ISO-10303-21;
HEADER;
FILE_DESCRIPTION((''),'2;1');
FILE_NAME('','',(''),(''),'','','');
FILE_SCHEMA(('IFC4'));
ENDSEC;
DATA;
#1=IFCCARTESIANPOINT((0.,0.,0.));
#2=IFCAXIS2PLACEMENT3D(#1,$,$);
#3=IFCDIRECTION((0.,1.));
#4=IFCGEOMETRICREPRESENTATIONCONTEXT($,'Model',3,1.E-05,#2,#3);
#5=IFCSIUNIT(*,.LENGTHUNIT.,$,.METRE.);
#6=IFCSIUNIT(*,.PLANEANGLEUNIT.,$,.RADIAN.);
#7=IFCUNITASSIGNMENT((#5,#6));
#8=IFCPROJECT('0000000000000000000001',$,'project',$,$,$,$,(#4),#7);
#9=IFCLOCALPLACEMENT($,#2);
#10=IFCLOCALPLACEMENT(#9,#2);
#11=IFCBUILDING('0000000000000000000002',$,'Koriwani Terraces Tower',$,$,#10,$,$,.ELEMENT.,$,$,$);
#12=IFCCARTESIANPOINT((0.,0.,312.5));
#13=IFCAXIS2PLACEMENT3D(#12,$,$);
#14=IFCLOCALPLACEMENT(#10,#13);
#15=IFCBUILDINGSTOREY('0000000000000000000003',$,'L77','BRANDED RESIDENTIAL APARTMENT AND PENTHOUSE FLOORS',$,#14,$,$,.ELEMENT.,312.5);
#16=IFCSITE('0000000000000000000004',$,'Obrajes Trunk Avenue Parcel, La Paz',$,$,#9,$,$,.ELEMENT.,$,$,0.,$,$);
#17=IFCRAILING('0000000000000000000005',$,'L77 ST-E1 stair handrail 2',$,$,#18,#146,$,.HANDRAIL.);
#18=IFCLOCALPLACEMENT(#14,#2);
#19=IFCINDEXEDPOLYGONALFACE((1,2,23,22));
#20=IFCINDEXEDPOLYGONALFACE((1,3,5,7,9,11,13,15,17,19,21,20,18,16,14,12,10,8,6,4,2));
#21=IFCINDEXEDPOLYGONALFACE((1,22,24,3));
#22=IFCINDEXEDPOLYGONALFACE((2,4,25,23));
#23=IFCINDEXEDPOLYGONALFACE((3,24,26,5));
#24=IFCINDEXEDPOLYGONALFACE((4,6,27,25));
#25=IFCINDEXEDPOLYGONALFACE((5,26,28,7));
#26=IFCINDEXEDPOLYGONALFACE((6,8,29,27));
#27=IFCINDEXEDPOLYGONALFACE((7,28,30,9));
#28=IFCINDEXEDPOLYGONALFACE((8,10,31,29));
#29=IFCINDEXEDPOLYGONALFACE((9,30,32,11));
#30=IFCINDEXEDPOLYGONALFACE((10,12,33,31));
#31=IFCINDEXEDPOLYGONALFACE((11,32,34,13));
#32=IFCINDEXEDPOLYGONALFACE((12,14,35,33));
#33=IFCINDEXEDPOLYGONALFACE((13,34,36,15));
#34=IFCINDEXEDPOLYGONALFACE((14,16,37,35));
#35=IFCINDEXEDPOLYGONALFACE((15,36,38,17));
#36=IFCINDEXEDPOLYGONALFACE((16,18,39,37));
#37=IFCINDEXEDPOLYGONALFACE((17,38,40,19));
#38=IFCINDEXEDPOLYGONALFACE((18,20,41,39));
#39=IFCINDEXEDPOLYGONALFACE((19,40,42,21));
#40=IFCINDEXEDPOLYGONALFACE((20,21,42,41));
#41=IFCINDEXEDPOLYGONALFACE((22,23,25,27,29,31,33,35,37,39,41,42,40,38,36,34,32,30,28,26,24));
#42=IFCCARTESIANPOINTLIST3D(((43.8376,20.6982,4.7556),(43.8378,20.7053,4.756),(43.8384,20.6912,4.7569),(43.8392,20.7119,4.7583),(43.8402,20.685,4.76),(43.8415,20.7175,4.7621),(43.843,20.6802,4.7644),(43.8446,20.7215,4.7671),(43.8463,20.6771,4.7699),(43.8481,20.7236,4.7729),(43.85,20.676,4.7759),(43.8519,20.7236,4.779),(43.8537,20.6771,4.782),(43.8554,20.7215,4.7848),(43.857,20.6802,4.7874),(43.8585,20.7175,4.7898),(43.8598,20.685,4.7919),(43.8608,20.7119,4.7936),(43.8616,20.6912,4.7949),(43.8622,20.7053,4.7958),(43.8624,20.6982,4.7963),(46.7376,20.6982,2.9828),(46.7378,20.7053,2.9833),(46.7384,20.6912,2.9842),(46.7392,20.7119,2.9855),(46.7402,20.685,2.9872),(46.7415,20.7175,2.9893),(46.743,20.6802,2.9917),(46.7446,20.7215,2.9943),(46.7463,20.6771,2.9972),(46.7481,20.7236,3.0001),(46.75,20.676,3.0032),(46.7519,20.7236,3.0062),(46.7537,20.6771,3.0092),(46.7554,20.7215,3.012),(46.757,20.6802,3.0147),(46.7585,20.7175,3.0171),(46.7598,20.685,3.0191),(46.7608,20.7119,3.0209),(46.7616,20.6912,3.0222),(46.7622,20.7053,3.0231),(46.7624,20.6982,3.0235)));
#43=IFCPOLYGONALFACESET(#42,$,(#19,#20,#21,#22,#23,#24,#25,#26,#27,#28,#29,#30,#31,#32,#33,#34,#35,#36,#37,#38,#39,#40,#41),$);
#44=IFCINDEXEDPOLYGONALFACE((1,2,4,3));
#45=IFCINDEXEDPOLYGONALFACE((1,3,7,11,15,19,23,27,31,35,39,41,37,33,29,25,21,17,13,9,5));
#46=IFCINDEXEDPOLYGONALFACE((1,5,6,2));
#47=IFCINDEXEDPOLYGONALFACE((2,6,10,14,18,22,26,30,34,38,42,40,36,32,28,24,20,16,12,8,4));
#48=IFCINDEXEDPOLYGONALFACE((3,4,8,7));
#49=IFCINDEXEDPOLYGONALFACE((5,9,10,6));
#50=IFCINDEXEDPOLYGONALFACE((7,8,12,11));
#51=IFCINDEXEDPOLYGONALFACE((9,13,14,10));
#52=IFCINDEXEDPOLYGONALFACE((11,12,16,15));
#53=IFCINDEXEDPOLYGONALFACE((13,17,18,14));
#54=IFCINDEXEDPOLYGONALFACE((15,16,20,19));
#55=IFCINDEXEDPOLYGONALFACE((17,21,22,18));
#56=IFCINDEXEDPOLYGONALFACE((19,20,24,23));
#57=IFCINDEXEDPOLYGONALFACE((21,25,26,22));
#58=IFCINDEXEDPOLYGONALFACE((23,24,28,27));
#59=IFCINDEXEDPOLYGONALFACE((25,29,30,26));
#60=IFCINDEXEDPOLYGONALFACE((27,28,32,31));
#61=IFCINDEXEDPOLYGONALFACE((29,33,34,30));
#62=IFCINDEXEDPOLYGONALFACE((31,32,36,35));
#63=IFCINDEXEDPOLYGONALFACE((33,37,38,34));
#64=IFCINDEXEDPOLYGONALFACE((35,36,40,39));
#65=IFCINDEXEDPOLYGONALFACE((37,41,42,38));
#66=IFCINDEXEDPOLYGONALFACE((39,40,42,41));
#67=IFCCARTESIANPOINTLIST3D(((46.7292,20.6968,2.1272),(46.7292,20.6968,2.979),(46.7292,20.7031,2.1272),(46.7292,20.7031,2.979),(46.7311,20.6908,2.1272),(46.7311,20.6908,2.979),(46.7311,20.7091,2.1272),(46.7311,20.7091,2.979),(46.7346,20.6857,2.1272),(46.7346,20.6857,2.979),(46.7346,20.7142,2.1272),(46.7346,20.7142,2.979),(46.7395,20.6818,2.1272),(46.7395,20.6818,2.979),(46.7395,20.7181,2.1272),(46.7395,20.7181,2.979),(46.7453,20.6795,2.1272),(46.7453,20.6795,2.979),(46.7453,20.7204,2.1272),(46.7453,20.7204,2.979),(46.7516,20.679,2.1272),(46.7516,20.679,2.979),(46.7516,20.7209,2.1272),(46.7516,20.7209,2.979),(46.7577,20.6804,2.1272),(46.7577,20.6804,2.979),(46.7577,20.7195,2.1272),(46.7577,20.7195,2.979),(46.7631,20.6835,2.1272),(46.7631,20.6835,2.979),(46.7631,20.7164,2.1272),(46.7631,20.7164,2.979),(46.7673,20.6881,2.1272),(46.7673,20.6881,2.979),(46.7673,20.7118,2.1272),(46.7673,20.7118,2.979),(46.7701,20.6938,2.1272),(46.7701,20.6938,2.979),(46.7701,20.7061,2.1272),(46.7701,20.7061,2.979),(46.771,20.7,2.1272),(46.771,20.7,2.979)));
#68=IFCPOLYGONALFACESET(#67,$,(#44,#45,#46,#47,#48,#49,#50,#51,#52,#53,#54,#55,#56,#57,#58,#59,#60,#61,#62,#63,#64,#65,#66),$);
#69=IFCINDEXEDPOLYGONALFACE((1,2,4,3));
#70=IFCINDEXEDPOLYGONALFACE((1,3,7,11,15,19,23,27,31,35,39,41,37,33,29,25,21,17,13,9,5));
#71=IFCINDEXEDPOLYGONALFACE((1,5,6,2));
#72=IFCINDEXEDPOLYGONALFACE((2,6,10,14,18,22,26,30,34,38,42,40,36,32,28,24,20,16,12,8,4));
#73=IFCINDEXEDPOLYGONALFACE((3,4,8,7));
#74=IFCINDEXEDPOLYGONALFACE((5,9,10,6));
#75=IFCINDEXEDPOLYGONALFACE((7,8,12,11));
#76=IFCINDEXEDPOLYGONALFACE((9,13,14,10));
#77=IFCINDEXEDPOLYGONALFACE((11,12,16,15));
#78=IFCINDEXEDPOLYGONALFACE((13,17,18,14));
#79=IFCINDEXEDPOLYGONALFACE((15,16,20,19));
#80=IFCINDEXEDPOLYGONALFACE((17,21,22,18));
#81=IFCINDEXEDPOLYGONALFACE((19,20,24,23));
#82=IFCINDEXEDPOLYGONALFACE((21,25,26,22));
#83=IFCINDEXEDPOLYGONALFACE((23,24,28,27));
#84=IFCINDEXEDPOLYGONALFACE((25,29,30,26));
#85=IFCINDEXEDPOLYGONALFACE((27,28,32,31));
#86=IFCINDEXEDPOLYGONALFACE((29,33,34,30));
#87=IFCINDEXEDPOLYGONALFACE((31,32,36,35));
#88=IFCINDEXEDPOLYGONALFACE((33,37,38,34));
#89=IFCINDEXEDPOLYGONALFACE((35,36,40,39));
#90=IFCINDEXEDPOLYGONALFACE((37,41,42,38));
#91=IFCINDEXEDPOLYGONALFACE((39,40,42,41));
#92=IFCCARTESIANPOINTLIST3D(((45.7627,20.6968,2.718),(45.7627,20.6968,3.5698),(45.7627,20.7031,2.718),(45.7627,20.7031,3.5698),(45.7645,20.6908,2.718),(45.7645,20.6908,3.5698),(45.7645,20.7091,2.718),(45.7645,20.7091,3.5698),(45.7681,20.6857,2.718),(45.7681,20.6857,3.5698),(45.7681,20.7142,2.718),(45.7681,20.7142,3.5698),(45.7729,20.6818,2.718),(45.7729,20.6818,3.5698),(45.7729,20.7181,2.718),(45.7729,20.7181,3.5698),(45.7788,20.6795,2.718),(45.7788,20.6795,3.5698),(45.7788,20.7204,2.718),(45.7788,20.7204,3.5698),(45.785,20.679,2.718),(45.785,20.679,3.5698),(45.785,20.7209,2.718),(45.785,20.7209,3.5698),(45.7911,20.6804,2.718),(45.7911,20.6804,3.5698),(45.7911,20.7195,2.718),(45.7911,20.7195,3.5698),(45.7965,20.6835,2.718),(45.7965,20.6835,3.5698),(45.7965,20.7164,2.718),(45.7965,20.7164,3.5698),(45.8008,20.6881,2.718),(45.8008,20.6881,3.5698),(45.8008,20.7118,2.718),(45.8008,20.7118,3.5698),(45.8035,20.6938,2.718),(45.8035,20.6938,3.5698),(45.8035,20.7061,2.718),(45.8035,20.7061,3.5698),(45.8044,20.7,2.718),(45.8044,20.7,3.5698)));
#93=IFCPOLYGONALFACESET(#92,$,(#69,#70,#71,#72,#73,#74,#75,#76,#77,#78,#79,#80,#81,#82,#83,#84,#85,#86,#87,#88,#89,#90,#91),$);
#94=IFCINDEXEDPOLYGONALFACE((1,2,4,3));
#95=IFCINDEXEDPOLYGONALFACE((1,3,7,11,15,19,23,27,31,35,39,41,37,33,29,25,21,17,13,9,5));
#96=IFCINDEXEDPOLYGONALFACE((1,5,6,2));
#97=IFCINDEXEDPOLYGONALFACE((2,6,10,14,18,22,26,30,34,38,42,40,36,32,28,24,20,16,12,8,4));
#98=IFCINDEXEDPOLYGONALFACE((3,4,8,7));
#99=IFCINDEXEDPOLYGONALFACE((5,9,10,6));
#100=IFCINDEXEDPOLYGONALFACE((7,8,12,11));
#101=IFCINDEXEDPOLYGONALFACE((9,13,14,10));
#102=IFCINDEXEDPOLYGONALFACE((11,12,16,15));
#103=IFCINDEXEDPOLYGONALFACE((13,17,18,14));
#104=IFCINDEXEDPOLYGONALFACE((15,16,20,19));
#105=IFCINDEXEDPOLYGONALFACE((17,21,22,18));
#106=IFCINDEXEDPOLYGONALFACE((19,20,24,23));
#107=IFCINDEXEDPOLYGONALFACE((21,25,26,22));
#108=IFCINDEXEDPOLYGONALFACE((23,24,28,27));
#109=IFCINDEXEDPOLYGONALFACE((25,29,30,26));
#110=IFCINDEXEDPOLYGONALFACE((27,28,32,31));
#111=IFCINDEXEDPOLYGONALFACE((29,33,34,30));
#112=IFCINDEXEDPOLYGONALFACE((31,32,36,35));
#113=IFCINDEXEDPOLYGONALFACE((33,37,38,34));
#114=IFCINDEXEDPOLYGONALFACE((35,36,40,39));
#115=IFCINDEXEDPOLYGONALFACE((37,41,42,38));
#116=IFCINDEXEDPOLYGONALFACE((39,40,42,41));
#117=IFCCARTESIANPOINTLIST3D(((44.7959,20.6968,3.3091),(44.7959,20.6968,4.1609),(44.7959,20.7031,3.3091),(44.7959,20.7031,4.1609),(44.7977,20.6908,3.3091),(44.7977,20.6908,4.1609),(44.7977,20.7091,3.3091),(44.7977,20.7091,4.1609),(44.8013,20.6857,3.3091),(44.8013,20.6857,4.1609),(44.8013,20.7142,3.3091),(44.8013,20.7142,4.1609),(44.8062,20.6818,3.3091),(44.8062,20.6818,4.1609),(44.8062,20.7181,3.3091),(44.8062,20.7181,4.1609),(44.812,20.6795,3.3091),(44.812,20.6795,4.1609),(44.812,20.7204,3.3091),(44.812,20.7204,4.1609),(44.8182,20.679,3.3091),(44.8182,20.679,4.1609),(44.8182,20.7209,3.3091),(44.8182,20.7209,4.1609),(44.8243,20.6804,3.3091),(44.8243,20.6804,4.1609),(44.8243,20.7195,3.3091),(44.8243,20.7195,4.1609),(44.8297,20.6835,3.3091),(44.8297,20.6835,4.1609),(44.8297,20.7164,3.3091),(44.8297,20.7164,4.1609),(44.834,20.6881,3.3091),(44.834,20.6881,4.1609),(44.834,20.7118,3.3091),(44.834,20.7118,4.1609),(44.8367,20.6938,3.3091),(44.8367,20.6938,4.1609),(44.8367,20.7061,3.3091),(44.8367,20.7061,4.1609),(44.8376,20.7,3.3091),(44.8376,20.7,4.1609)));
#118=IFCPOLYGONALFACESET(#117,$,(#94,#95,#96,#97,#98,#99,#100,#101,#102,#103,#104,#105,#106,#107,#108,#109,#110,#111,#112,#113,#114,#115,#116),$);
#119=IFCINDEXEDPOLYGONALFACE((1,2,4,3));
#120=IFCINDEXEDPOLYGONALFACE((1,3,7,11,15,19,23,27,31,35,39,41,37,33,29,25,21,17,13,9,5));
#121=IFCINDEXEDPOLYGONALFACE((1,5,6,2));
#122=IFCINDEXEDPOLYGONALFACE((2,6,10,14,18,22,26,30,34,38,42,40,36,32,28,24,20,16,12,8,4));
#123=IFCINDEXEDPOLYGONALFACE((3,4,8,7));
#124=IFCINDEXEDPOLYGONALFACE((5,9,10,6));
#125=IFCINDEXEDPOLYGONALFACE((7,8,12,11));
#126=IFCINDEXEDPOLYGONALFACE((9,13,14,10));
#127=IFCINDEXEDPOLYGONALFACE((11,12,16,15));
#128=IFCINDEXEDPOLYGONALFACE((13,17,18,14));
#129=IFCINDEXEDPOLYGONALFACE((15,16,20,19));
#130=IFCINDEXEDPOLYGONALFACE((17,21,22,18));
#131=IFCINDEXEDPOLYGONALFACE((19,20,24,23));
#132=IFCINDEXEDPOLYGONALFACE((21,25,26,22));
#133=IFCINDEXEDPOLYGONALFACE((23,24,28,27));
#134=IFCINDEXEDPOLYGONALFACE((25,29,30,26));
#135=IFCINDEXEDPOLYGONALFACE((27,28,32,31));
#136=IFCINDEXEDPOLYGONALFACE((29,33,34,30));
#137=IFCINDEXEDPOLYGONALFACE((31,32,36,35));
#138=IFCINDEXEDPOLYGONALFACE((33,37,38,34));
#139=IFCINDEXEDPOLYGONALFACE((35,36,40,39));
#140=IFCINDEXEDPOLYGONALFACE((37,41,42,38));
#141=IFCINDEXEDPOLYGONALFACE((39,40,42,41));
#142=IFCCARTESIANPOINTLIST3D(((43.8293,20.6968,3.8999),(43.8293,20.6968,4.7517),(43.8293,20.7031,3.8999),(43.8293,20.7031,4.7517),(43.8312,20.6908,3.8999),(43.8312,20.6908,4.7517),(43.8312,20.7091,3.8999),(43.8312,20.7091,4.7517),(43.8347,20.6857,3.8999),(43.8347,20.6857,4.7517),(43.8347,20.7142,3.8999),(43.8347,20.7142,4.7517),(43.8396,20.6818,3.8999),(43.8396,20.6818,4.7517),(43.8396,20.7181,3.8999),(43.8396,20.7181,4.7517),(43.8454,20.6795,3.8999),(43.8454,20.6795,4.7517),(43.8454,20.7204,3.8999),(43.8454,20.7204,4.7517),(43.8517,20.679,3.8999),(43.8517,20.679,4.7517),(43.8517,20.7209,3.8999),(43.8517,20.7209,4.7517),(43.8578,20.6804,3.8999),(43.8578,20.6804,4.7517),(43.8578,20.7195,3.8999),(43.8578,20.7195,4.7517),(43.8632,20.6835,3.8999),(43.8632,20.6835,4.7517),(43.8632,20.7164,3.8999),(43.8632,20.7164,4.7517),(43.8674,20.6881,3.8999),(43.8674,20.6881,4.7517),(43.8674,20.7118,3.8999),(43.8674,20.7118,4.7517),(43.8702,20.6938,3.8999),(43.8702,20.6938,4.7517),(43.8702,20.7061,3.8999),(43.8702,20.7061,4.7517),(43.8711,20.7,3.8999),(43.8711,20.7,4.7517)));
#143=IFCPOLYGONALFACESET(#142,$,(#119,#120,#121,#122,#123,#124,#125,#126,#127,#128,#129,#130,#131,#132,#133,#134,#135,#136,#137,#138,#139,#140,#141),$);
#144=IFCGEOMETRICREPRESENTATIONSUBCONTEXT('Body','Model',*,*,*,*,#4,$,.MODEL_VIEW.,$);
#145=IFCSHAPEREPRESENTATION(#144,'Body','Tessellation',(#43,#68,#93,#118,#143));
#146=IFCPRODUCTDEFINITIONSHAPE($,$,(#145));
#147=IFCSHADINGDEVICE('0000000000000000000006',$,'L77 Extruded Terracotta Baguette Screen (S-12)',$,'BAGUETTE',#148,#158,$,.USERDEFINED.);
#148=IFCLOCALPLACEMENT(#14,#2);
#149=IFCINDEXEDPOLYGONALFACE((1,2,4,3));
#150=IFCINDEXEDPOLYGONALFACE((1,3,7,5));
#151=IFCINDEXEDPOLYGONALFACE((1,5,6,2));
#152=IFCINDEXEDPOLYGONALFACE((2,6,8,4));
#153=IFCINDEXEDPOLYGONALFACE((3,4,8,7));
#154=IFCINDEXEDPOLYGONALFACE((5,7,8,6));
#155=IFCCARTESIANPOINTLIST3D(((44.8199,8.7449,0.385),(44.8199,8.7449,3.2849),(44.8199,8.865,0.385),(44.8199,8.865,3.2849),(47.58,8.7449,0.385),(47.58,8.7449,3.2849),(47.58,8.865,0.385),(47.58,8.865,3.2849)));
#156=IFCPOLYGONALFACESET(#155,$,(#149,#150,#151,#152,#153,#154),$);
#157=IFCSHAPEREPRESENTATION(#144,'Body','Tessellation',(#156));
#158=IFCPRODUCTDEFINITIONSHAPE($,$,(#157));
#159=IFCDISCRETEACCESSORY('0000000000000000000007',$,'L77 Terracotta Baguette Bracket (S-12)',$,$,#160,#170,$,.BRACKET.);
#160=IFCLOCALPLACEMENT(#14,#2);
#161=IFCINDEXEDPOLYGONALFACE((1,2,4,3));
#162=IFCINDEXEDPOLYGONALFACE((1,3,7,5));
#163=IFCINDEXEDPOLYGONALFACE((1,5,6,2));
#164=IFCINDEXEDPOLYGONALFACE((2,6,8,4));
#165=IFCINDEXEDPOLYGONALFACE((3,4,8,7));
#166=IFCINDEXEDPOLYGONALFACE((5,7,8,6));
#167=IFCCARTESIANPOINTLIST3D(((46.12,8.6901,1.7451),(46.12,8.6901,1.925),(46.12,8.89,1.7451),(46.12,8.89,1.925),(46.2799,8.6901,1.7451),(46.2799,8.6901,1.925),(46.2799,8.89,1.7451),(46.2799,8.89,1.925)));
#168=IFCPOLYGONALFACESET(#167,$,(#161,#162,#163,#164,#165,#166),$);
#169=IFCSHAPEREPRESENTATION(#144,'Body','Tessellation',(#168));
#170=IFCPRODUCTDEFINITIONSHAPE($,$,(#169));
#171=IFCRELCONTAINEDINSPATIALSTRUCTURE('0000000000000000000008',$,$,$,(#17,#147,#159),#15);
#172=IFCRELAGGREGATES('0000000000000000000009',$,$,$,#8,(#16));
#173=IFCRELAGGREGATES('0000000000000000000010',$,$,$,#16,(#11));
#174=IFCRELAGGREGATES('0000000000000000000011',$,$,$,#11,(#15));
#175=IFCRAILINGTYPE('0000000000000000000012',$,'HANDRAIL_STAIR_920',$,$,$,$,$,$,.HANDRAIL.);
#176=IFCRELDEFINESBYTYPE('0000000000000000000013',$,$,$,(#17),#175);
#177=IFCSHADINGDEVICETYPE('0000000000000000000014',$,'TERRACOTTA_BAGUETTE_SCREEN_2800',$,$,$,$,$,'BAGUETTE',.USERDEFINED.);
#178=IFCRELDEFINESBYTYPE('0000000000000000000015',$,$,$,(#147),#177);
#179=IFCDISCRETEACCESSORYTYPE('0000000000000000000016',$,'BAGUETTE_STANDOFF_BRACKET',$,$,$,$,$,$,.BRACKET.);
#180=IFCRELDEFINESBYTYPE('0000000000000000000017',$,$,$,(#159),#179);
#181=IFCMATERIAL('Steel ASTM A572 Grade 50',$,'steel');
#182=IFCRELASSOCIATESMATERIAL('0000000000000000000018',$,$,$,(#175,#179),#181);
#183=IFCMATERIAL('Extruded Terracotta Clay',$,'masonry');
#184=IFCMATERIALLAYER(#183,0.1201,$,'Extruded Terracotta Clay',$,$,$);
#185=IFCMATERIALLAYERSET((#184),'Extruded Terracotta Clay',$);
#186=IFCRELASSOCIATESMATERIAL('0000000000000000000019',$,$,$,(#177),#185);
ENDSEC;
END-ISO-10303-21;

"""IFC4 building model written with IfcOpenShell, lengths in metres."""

from ifc_helpers import new_model, si_unit, direction, frame, origin, origin_2d, place, context, subcontext, project, spatial, rectangle, circle, extrude, material, layer, layer_set, type_object, element, save


model = new_model("IFC4")

# Units and contexts
model_context = context("Model", 3, precision=1e-05, world=origin(), true_north=direction((0.0, 1.0)))
body_context = subcontext(model_context, "Body", "Model", "MODEL_VIEW")
ifc_project = project(units=[si_unit("LENGTHUNIT", "METRE"), si_unit("PLANEANGLEUNIT", "RADIAN")], contexts=[model_context])

# Site, building, storey
site_placement = place(None, origin())
site = spatial("IfcSite", under=ifc_project, at=site_placement, Name="Obrajes Trunk Avenue Parcel, La Paz", CompositionType="ELEMENT", RefElevation=0.0)
building_placement = place(site_placement, origin())
building = spatial("IfcBuilding", under=site, at=building_placement, Name="Koriwani Terraces Tower", CompositionType="ELEMENT")
storey_placement = place(building_placement, frame((0.0, 0.0, 312.5)))
storey = spatial("IfcBuildingStorey", under=building, at=storey_placement, Name="L77", Description="BRANDED RESIDENTIAL APARTMENT AND PENTHOUSE FLOORS", CompositionType="ELEMENT", Elevation=312.5)

# Railing
ifc_material_1 = material(Name="Steel ASTM A572 Grade 50", Category="steel")
railing_type_1 = type_object("IfcRailingType", Name="HANDRAIL_STAIR_920", PredefinedType="HANDRAIL", material=ifc_material_1)
railing_1_placement = place(storey_placement, frame((46.75, 20.7, 2.1272)))
element("IfcRailing", 1, at=railing_1_placement, inside=storey, type_object=railing_type_1, Name="L77 ST-E1 stair handrail 2", PredefinedType="HANDRAIL", context=body_context, shape_type="SweptSolid", body=[
    extrude(circle(Radius=0.0239, at=origin_2d()), frame((0.0, 0.0, 0.876), z_axis=(-0.853211, 0.0, 0.521566), x_axis=(0.0, -1.0, 0.0)), (0.0, 0.0, 1.0), 3.3989),
    extrude(circle(Radius=0.021, at=origin_2d()), origin(), (0.0, 0.0, 1.0), 0.8518),
    extrude(circle(Radius=0.021, at=origin_2d()), frame((-0.9666, 0.0, 0.5908)), (0.0, 0.0, 1.0), 0.8518),
    extrude(circle(Radius=0.021, at=origin_2d()), frame((-1.9333, 0.0, 1.1819)), (0.0, 0.0, 1.0), 0.8518),
    extrude(circle(Radius=0.021, at=origin_2d()), frame((-2.8999, 0.0, 1.7727)), (0.0, 0.0, 1.0), 0.8518),
])

# Shading device
ifc_material_2 = material(Name="Extruded Terracotta Clay", Category="masonry")
ifc_layer_1 = layer(ifc_material_2, 0.1201, Name="Extruded Terracotta Clay")
ifc_layer_set_1 = layer_set([ifc_layer_1], Name="Extruded Terracotta Clay")
shading_device_type = type_object("IfcShadingDeviceType", Name="TERRACOTTA_BAGUETTE_SCREEN_2800", ElementType="BAGUETTE", PredefinedType="USERDEFINED", material=ifc_layer_set_1)
shading_device_placement = place(storey_placement, frame((46.2, 8.8049, 0.385), z_axis=(0.0, 0.0, 1.0), x_axis=(-1.0, 0.0, 0.0)))
element("IfcShadingDevice", 2, at=shading_device_placement, inside=storey, type_object=shading_device_type, Name="L77 Extruded Terracotta Baguette Screen (S-12)", ObjectType="BAGUETTE", PredefinedType="USERDEFINED", context=body_context, shape_type="SweptSolid", body=[
    extrude(rectangle(XDim=2.76, YDim=0.1201, at=origin_2d()), origin(), (0.0, 0.0, 1.0), 2.8999),
])

# Discrete accessory
discrete_accessory_type = type_object("IfcDiscreteAccessoryType", Name="BAGUETTE_STANDOFF_BRACKET", PredefinedType="BRACKET", material=ifc_material_1)
discrete_accessory_placement = place(storey_placement, frame((46.2, 8.79, 1.7451), z_axis=(0.0, 0.0, 1.0), x_axis=(-1.0, 0.0, 0.0)))
element("IfcDiscreteAccessory", 3, at=discrete_accessory_placement, inside=storey, type_object=discrete_accessory_type, Name="L77 Terracotta Baguette Bracket (S-12)", PredefinedType="BRACKET", context=body_context, shape_type="SweptSolid", body=[
    extrude(rectangle(XDim=0.1599, YDim=0.2, at=origin_2d()), origin(), (0.0, 0.0, 1.0), 0.1799),
])

save(model, "model.ifc")
